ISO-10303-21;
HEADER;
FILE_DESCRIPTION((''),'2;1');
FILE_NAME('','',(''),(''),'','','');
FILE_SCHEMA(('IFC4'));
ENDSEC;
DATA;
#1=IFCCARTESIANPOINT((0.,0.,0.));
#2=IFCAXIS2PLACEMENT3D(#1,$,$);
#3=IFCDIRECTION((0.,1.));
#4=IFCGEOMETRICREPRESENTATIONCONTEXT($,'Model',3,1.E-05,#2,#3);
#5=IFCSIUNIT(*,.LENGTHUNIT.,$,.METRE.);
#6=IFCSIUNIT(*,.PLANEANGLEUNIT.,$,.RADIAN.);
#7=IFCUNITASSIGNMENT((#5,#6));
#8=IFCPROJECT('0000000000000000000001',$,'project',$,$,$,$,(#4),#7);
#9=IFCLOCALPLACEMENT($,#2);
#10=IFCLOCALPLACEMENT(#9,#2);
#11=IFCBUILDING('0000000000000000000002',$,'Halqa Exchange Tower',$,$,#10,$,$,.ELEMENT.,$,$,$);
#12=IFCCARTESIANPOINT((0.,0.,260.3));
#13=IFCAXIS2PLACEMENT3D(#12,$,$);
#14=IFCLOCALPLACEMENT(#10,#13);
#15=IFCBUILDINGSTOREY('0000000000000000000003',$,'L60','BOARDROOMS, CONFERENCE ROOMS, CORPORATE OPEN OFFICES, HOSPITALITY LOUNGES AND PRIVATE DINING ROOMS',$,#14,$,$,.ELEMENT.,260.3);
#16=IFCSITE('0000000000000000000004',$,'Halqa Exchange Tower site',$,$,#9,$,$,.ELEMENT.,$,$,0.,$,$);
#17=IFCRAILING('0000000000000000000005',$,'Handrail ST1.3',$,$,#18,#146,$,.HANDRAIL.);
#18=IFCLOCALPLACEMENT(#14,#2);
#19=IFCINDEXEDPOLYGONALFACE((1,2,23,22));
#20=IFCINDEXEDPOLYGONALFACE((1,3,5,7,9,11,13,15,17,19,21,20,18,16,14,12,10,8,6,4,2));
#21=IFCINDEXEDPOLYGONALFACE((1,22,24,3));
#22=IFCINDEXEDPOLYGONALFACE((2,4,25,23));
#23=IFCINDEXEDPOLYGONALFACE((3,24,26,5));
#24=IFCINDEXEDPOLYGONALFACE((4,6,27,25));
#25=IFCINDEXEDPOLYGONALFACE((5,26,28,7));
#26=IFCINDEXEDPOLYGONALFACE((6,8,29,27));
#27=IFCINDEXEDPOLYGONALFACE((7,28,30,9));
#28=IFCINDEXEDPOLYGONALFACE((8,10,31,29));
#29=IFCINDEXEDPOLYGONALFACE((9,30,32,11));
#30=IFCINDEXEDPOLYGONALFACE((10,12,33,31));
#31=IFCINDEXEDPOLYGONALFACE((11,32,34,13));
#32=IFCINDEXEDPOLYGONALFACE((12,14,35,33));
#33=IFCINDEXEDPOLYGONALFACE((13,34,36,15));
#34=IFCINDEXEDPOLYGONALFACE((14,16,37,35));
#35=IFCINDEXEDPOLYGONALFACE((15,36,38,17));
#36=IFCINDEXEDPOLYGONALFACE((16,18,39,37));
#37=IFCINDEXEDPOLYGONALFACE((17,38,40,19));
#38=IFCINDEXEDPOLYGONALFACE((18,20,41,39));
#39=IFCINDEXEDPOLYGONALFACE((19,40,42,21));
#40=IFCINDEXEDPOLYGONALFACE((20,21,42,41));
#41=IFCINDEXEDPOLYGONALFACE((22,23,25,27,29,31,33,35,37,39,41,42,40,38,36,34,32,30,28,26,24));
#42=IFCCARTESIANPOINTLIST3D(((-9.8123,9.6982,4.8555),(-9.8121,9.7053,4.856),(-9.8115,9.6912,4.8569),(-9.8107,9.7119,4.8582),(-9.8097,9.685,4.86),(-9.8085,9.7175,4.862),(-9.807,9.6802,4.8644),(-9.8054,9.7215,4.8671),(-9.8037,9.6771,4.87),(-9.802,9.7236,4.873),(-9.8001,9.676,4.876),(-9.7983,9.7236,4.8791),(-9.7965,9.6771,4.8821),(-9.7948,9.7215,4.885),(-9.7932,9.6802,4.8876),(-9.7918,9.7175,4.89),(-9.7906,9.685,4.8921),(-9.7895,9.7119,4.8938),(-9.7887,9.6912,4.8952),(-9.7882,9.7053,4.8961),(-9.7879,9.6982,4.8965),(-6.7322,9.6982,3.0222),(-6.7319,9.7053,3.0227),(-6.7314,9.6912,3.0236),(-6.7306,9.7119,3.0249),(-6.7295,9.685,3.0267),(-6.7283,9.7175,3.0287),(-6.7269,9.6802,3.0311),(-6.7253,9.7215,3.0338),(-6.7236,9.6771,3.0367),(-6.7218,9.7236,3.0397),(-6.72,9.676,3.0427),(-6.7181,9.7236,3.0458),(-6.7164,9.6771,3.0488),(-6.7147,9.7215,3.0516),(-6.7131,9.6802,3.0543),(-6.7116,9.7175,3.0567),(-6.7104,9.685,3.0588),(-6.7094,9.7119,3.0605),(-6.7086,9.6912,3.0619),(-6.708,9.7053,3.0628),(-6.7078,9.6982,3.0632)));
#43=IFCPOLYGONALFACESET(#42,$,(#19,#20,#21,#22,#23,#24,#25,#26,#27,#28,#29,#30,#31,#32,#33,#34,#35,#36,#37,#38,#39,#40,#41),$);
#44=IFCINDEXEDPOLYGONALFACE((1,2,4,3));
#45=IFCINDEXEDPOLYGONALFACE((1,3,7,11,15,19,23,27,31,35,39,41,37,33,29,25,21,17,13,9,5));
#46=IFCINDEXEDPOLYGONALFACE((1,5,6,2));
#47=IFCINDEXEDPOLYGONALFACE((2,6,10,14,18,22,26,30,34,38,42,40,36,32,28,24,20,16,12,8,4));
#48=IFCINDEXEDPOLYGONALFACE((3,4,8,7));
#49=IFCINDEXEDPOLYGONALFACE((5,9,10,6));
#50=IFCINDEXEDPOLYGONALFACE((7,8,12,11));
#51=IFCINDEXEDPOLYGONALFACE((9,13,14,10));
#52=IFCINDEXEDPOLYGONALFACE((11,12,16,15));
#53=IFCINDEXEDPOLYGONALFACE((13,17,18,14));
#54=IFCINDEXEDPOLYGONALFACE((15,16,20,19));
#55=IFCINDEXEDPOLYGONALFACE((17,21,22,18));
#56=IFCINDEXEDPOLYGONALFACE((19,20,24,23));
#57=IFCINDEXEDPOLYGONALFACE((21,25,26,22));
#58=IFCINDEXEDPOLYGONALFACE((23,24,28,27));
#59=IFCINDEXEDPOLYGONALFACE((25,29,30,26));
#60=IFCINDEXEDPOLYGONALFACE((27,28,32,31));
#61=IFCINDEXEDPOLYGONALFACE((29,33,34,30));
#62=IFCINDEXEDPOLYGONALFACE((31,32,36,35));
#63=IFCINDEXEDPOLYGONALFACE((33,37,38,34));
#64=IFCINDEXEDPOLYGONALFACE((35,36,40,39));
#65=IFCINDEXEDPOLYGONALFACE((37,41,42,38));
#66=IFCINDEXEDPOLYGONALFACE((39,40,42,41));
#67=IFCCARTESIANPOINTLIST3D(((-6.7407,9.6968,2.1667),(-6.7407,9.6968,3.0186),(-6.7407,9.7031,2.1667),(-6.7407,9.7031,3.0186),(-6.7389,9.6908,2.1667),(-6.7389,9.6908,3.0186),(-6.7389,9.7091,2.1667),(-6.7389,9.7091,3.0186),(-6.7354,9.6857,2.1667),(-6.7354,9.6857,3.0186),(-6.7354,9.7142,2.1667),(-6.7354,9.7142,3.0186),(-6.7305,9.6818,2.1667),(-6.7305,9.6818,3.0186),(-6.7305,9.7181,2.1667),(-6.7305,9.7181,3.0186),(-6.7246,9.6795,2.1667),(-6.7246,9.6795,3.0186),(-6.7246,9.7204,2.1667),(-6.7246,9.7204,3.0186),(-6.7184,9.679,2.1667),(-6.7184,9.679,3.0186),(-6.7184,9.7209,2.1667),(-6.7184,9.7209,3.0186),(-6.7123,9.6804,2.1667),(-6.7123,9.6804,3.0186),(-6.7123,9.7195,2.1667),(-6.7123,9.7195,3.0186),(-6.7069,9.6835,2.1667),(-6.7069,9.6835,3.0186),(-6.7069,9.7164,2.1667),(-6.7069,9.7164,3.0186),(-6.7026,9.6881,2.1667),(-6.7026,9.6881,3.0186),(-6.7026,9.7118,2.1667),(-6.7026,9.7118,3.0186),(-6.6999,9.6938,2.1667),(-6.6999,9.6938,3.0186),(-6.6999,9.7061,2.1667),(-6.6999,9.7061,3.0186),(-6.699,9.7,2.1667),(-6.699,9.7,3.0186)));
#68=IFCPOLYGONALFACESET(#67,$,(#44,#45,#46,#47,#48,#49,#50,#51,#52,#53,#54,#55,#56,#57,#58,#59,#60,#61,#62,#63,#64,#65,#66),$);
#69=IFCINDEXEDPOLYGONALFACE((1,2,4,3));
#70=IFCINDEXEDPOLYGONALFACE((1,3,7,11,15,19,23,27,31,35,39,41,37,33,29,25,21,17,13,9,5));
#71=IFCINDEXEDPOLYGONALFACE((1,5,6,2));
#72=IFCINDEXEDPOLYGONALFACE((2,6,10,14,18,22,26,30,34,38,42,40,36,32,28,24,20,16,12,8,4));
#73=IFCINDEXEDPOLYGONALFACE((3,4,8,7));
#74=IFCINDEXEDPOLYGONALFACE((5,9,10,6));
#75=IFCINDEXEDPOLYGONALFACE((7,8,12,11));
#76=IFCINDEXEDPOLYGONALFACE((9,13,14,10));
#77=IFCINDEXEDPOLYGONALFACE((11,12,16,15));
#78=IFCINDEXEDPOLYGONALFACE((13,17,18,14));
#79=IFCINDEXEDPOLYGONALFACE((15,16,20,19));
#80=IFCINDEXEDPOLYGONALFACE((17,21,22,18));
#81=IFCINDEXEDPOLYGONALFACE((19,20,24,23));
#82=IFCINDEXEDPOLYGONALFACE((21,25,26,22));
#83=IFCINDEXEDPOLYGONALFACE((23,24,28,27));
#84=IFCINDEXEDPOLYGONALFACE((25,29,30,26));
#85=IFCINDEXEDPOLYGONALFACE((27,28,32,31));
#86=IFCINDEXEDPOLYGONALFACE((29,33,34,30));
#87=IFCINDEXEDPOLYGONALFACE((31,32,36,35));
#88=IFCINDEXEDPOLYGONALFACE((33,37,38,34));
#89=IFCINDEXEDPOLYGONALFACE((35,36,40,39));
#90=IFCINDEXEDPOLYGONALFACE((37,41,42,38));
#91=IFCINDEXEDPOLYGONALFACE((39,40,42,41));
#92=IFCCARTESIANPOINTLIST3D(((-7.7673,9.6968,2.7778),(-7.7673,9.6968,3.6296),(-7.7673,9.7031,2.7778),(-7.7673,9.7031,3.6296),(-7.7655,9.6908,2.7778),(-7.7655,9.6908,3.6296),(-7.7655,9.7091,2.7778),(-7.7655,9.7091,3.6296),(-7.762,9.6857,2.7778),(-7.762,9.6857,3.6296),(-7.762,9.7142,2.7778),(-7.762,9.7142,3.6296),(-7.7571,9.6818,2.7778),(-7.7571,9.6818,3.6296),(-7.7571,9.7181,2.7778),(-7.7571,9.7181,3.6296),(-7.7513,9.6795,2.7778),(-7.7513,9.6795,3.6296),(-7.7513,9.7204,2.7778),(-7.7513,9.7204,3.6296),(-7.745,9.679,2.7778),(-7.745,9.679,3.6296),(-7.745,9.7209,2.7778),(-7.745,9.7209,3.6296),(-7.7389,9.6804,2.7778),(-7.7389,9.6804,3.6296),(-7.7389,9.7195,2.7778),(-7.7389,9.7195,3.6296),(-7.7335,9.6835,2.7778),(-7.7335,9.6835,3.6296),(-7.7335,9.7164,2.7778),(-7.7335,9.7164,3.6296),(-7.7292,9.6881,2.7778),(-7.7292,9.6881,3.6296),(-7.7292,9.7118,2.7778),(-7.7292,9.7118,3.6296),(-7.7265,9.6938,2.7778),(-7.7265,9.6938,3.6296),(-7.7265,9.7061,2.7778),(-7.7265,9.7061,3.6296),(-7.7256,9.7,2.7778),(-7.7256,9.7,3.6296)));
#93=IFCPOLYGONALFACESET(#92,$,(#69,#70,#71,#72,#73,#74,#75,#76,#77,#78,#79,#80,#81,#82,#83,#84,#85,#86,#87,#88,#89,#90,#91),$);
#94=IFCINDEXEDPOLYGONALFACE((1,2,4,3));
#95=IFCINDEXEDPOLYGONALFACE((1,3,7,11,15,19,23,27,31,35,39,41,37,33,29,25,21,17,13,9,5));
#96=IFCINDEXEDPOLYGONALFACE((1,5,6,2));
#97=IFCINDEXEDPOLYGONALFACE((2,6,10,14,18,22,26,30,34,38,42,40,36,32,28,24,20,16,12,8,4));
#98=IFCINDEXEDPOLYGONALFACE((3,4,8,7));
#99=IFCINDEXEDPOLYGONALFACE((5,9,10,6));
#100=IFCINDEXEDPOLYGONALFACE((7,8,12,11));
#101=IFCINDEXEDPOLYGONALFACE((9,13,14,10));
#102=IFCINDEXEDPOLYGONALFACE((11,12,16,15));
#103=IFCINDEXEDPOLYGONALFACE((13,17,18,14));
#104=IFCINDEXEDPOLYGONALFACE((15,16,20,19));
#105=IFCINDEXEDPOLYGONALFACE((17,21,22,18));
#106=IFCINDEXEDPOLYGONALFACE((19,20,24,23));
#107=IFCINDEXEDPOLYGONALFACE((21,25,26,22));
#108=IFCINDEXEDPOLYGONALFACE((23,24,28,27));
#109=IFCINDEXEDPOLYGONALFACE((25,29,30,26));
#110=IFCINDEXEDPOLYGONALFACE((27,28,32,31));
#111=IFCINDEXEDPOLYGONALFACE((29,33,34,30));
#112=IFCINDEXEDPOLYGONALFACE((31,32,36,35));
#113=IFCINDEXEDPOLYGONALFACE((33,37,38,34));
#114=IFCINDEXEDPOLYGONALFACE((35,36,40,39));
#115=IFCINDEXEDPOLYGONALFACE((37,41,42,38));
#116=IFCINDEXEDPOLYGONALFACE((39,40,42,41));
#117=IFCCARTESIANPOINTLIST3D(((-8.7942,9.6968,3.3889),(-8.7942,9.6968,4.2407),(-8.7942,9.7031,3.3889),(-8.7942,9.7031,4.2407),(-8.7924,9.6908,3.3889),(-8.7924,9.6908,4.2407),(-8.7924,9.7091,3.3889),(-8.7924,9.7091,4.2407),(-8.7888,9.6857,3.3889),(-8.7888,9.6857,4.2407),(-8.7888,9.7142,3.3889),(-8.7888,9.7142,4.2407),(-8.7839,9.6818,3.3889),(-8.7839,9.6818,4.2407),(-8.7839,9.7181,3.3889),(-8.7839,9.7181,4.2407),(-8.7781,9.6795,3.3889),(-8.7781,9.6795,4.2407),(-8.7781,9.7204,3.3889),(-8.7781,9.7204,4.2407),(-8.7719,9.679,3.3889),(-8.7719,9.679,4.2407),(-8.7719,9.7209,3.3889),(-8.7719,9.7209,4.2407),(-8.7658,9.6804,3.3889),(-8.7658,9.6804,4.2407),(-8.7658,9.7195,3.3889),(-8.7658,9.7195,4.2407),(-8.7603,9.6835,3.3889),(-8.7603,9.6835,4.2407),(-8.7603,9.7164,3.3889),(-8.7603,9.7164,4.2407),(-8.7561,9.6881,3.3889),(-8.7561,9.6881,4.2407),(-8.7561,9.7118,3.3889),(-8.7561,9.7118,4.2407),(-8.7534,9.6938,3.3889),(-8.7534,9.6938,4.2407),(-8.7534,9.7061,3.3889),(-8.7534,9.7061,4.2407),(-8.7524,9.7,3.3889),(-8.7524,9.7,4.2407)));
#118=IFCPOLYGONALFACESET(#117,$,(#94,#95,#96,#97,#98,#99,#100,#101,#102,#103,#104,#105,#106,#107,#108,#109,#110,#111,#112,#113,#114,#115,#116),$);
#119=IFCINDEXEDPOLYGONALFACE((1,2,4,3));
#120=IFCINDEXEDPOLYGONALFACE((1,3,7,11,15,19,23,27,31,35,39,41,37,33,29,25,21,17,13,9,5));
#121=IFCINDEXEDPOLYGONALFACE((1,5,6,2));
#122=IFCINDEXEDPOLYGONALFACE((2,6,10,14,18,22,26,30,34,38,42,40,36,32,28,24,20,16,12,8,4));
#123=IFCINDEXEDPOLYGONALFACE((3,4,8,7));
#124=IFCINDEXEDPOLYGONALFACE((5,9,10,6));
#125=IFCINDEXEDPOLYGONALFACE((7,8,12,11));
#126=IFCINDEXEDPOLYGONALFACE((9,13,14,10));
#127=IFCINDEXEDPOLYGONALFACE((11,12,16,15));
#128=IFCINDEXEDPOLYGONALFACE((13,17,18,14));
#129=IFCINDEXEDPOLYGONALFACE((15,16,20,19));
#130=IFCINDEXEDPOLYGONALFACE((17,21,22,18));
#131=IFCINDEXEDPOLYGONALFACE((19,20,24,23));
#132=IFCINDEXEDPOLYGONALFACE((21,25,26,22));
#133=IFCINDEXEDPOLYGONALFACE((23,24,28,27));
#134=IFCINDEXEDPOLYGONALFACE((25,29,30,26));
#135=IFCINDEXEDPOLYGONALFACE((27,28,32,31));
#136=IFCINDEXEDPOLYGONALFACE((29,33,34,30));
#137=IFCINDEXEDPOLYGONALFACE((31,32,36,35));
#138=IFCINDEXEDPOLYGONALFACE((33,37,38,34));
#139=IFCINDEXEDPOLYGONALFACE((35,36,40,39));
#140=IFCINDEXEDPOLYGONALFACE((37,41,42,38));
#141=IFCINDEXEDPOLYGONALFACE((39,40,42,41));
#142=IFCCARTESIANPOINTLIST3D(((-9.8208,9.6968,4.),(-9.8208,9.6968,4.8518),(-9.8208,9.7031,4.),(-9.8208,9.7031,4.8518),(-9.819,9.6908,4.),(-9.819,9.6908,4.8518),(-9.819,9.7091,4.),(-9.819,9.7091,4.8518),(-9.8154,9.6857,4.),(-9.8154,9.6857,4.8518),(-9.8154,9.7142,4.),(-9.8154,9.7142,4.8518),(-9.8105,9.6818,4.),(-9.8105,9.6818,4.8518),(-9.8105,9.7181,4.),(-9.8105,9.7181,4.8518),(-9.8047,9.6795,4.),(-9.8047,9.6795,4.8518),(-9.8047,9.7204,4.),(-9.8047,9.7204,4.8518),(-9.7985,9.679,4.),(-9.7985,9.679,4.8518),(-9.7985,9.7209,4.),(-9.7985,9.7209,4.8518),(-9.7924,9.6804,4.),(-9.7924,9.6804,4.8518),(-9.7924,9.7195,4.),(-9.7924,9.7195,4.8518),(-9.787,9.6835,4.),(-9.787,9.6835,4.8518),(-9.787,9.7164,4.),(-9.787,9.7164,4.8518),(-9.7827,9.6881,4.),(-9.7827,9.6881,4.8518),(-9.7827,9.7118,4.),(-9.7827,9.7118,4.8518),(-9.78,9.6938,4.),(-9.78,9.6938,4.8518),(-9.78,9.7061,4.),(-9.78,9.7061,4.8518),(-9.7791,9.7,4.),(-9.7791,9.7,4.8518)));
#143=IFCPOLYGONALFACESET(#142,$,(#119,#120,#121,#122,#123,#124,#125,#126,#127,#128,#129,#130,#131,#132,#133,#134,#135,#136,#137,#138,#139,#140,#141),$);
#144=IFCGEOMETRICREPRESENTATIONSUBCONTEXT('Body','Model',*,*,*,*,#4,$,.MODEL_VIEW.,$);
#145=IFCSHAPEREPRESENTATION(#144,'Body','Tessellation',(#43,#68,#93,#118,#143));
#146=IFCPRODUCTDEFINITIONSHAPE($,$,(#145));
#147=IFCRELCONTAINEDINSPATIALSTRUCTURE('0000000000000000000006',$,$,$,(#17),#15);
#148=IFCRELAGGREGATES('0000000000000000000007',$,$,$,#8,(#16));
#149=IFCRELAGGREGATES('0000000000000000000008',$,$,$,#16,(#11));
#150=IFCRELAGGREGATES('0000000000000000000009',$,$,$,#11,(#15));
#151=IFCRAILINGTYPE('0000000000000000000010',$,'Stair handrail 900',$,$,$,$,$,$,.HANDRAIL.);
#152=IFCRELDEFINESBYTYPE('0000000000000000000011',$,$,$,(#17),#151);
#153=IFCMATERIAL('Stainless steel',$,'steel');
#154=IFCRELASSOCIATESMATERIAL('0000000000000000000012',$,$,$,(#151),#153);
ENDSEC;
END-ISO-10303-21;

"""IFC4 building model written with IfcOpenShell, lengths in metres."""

from ifc_helpers import new_model, si_unit, direction, frame, origin, origin_2d, place, context, subcontext, project, spatial, circle, extrude, material, type_object, element, save


model = new_model("IFC4")

# Units and contexts
model_context = context("Model", 3, precision=1e-05, world=origin(), true_north=direction((0.0, 1.0)))
body_context = subcontext(model_context, "Body", "Model", "MODEL_VIEW")
ifc_project = project(units=[si_unit("LENGTHUNIT", "METRE"), si_unit("PLANEANGLEUNIT", "RADIAN")], contexts=[model_context])

# Site, building, storey
site_placement = place(None, origin())
site = spatial("IfcSite", under=ifc_project, at=site_placement, Name="Halqa Exchange Tower site", CompositionType="ELEMENT", RefElevation=0.0)
building_placement = place(site_placement, origin())
building = spatial("IfcBuilding", under=site, at=building_placement, Name="Halqa Exchange Tower", CompositionType="ELEMENT")
storey_placement = place(building_placement, frame((0.0, 0.0, 260.3)))
storey = spatial("IfcBuildingStorey", under=building, at=storey_placement, Name="L60", Description="BOARDROOMS, CONFERENCE ROOMS, CORPORATE OPEN OFFICES, HOSPITALITY LOUNGES AND PRIVATE DINING ROOMS", CompositionType="ELEMENT", Elevation=260.3)

# Railing
ifc_material_1 = material(Name="Stainless steel", Category="steel")
railing_type_1 = type_object("IfcRailingType", Name="Stair handrail 900", PredefinedType="HANDRAIL", material=ifc_material_1)
railing_1_placement = place(storey_placement, frame((-6.72, 9.7, 2.1667)))
element("IfcRailing", 1, at=railing_1_placement, inside=storey, type_object=railing_type_1, Name="Handrail ST1.3", PredefinedType="HANDRAIL", context=body_context, shape_type="SweptSolid", body=[
    extrude(circle(Radius=0.0239, at=origin_2d()), frame((0.0, 0.0, 0.876), z_axis=(-0.859309, 0.0, 0.511458), x_axis=(0.0, -1.0, 0.0)), (0.0, 0.0, 1.0), 3.5845),
    extrude(circle(Radius=0.021, at=origin_2d()), origin(), (0.0, 0.0, 1.0), 0.8518),
    extrude(circle(Radius=0.021, at=origin_2d()), frame((-1.0266, 0.0, 0.6111)), (0.0, 0.0, 1.0), 0.8518),
    extrude(circle(Radius=0.021, at=origin_2d()), frame((-2.0535, 0.0, 1.2222)), (0.0, 0.0, 1.0), 0.8518),
    extrude(circle(Radius=0.021, at=origin_2d()), frame((-3.0801, 0.0, 1.8333)), (0.0, 0.0, 1.0), 0.8518),
])

save(model, "model.ifc")
